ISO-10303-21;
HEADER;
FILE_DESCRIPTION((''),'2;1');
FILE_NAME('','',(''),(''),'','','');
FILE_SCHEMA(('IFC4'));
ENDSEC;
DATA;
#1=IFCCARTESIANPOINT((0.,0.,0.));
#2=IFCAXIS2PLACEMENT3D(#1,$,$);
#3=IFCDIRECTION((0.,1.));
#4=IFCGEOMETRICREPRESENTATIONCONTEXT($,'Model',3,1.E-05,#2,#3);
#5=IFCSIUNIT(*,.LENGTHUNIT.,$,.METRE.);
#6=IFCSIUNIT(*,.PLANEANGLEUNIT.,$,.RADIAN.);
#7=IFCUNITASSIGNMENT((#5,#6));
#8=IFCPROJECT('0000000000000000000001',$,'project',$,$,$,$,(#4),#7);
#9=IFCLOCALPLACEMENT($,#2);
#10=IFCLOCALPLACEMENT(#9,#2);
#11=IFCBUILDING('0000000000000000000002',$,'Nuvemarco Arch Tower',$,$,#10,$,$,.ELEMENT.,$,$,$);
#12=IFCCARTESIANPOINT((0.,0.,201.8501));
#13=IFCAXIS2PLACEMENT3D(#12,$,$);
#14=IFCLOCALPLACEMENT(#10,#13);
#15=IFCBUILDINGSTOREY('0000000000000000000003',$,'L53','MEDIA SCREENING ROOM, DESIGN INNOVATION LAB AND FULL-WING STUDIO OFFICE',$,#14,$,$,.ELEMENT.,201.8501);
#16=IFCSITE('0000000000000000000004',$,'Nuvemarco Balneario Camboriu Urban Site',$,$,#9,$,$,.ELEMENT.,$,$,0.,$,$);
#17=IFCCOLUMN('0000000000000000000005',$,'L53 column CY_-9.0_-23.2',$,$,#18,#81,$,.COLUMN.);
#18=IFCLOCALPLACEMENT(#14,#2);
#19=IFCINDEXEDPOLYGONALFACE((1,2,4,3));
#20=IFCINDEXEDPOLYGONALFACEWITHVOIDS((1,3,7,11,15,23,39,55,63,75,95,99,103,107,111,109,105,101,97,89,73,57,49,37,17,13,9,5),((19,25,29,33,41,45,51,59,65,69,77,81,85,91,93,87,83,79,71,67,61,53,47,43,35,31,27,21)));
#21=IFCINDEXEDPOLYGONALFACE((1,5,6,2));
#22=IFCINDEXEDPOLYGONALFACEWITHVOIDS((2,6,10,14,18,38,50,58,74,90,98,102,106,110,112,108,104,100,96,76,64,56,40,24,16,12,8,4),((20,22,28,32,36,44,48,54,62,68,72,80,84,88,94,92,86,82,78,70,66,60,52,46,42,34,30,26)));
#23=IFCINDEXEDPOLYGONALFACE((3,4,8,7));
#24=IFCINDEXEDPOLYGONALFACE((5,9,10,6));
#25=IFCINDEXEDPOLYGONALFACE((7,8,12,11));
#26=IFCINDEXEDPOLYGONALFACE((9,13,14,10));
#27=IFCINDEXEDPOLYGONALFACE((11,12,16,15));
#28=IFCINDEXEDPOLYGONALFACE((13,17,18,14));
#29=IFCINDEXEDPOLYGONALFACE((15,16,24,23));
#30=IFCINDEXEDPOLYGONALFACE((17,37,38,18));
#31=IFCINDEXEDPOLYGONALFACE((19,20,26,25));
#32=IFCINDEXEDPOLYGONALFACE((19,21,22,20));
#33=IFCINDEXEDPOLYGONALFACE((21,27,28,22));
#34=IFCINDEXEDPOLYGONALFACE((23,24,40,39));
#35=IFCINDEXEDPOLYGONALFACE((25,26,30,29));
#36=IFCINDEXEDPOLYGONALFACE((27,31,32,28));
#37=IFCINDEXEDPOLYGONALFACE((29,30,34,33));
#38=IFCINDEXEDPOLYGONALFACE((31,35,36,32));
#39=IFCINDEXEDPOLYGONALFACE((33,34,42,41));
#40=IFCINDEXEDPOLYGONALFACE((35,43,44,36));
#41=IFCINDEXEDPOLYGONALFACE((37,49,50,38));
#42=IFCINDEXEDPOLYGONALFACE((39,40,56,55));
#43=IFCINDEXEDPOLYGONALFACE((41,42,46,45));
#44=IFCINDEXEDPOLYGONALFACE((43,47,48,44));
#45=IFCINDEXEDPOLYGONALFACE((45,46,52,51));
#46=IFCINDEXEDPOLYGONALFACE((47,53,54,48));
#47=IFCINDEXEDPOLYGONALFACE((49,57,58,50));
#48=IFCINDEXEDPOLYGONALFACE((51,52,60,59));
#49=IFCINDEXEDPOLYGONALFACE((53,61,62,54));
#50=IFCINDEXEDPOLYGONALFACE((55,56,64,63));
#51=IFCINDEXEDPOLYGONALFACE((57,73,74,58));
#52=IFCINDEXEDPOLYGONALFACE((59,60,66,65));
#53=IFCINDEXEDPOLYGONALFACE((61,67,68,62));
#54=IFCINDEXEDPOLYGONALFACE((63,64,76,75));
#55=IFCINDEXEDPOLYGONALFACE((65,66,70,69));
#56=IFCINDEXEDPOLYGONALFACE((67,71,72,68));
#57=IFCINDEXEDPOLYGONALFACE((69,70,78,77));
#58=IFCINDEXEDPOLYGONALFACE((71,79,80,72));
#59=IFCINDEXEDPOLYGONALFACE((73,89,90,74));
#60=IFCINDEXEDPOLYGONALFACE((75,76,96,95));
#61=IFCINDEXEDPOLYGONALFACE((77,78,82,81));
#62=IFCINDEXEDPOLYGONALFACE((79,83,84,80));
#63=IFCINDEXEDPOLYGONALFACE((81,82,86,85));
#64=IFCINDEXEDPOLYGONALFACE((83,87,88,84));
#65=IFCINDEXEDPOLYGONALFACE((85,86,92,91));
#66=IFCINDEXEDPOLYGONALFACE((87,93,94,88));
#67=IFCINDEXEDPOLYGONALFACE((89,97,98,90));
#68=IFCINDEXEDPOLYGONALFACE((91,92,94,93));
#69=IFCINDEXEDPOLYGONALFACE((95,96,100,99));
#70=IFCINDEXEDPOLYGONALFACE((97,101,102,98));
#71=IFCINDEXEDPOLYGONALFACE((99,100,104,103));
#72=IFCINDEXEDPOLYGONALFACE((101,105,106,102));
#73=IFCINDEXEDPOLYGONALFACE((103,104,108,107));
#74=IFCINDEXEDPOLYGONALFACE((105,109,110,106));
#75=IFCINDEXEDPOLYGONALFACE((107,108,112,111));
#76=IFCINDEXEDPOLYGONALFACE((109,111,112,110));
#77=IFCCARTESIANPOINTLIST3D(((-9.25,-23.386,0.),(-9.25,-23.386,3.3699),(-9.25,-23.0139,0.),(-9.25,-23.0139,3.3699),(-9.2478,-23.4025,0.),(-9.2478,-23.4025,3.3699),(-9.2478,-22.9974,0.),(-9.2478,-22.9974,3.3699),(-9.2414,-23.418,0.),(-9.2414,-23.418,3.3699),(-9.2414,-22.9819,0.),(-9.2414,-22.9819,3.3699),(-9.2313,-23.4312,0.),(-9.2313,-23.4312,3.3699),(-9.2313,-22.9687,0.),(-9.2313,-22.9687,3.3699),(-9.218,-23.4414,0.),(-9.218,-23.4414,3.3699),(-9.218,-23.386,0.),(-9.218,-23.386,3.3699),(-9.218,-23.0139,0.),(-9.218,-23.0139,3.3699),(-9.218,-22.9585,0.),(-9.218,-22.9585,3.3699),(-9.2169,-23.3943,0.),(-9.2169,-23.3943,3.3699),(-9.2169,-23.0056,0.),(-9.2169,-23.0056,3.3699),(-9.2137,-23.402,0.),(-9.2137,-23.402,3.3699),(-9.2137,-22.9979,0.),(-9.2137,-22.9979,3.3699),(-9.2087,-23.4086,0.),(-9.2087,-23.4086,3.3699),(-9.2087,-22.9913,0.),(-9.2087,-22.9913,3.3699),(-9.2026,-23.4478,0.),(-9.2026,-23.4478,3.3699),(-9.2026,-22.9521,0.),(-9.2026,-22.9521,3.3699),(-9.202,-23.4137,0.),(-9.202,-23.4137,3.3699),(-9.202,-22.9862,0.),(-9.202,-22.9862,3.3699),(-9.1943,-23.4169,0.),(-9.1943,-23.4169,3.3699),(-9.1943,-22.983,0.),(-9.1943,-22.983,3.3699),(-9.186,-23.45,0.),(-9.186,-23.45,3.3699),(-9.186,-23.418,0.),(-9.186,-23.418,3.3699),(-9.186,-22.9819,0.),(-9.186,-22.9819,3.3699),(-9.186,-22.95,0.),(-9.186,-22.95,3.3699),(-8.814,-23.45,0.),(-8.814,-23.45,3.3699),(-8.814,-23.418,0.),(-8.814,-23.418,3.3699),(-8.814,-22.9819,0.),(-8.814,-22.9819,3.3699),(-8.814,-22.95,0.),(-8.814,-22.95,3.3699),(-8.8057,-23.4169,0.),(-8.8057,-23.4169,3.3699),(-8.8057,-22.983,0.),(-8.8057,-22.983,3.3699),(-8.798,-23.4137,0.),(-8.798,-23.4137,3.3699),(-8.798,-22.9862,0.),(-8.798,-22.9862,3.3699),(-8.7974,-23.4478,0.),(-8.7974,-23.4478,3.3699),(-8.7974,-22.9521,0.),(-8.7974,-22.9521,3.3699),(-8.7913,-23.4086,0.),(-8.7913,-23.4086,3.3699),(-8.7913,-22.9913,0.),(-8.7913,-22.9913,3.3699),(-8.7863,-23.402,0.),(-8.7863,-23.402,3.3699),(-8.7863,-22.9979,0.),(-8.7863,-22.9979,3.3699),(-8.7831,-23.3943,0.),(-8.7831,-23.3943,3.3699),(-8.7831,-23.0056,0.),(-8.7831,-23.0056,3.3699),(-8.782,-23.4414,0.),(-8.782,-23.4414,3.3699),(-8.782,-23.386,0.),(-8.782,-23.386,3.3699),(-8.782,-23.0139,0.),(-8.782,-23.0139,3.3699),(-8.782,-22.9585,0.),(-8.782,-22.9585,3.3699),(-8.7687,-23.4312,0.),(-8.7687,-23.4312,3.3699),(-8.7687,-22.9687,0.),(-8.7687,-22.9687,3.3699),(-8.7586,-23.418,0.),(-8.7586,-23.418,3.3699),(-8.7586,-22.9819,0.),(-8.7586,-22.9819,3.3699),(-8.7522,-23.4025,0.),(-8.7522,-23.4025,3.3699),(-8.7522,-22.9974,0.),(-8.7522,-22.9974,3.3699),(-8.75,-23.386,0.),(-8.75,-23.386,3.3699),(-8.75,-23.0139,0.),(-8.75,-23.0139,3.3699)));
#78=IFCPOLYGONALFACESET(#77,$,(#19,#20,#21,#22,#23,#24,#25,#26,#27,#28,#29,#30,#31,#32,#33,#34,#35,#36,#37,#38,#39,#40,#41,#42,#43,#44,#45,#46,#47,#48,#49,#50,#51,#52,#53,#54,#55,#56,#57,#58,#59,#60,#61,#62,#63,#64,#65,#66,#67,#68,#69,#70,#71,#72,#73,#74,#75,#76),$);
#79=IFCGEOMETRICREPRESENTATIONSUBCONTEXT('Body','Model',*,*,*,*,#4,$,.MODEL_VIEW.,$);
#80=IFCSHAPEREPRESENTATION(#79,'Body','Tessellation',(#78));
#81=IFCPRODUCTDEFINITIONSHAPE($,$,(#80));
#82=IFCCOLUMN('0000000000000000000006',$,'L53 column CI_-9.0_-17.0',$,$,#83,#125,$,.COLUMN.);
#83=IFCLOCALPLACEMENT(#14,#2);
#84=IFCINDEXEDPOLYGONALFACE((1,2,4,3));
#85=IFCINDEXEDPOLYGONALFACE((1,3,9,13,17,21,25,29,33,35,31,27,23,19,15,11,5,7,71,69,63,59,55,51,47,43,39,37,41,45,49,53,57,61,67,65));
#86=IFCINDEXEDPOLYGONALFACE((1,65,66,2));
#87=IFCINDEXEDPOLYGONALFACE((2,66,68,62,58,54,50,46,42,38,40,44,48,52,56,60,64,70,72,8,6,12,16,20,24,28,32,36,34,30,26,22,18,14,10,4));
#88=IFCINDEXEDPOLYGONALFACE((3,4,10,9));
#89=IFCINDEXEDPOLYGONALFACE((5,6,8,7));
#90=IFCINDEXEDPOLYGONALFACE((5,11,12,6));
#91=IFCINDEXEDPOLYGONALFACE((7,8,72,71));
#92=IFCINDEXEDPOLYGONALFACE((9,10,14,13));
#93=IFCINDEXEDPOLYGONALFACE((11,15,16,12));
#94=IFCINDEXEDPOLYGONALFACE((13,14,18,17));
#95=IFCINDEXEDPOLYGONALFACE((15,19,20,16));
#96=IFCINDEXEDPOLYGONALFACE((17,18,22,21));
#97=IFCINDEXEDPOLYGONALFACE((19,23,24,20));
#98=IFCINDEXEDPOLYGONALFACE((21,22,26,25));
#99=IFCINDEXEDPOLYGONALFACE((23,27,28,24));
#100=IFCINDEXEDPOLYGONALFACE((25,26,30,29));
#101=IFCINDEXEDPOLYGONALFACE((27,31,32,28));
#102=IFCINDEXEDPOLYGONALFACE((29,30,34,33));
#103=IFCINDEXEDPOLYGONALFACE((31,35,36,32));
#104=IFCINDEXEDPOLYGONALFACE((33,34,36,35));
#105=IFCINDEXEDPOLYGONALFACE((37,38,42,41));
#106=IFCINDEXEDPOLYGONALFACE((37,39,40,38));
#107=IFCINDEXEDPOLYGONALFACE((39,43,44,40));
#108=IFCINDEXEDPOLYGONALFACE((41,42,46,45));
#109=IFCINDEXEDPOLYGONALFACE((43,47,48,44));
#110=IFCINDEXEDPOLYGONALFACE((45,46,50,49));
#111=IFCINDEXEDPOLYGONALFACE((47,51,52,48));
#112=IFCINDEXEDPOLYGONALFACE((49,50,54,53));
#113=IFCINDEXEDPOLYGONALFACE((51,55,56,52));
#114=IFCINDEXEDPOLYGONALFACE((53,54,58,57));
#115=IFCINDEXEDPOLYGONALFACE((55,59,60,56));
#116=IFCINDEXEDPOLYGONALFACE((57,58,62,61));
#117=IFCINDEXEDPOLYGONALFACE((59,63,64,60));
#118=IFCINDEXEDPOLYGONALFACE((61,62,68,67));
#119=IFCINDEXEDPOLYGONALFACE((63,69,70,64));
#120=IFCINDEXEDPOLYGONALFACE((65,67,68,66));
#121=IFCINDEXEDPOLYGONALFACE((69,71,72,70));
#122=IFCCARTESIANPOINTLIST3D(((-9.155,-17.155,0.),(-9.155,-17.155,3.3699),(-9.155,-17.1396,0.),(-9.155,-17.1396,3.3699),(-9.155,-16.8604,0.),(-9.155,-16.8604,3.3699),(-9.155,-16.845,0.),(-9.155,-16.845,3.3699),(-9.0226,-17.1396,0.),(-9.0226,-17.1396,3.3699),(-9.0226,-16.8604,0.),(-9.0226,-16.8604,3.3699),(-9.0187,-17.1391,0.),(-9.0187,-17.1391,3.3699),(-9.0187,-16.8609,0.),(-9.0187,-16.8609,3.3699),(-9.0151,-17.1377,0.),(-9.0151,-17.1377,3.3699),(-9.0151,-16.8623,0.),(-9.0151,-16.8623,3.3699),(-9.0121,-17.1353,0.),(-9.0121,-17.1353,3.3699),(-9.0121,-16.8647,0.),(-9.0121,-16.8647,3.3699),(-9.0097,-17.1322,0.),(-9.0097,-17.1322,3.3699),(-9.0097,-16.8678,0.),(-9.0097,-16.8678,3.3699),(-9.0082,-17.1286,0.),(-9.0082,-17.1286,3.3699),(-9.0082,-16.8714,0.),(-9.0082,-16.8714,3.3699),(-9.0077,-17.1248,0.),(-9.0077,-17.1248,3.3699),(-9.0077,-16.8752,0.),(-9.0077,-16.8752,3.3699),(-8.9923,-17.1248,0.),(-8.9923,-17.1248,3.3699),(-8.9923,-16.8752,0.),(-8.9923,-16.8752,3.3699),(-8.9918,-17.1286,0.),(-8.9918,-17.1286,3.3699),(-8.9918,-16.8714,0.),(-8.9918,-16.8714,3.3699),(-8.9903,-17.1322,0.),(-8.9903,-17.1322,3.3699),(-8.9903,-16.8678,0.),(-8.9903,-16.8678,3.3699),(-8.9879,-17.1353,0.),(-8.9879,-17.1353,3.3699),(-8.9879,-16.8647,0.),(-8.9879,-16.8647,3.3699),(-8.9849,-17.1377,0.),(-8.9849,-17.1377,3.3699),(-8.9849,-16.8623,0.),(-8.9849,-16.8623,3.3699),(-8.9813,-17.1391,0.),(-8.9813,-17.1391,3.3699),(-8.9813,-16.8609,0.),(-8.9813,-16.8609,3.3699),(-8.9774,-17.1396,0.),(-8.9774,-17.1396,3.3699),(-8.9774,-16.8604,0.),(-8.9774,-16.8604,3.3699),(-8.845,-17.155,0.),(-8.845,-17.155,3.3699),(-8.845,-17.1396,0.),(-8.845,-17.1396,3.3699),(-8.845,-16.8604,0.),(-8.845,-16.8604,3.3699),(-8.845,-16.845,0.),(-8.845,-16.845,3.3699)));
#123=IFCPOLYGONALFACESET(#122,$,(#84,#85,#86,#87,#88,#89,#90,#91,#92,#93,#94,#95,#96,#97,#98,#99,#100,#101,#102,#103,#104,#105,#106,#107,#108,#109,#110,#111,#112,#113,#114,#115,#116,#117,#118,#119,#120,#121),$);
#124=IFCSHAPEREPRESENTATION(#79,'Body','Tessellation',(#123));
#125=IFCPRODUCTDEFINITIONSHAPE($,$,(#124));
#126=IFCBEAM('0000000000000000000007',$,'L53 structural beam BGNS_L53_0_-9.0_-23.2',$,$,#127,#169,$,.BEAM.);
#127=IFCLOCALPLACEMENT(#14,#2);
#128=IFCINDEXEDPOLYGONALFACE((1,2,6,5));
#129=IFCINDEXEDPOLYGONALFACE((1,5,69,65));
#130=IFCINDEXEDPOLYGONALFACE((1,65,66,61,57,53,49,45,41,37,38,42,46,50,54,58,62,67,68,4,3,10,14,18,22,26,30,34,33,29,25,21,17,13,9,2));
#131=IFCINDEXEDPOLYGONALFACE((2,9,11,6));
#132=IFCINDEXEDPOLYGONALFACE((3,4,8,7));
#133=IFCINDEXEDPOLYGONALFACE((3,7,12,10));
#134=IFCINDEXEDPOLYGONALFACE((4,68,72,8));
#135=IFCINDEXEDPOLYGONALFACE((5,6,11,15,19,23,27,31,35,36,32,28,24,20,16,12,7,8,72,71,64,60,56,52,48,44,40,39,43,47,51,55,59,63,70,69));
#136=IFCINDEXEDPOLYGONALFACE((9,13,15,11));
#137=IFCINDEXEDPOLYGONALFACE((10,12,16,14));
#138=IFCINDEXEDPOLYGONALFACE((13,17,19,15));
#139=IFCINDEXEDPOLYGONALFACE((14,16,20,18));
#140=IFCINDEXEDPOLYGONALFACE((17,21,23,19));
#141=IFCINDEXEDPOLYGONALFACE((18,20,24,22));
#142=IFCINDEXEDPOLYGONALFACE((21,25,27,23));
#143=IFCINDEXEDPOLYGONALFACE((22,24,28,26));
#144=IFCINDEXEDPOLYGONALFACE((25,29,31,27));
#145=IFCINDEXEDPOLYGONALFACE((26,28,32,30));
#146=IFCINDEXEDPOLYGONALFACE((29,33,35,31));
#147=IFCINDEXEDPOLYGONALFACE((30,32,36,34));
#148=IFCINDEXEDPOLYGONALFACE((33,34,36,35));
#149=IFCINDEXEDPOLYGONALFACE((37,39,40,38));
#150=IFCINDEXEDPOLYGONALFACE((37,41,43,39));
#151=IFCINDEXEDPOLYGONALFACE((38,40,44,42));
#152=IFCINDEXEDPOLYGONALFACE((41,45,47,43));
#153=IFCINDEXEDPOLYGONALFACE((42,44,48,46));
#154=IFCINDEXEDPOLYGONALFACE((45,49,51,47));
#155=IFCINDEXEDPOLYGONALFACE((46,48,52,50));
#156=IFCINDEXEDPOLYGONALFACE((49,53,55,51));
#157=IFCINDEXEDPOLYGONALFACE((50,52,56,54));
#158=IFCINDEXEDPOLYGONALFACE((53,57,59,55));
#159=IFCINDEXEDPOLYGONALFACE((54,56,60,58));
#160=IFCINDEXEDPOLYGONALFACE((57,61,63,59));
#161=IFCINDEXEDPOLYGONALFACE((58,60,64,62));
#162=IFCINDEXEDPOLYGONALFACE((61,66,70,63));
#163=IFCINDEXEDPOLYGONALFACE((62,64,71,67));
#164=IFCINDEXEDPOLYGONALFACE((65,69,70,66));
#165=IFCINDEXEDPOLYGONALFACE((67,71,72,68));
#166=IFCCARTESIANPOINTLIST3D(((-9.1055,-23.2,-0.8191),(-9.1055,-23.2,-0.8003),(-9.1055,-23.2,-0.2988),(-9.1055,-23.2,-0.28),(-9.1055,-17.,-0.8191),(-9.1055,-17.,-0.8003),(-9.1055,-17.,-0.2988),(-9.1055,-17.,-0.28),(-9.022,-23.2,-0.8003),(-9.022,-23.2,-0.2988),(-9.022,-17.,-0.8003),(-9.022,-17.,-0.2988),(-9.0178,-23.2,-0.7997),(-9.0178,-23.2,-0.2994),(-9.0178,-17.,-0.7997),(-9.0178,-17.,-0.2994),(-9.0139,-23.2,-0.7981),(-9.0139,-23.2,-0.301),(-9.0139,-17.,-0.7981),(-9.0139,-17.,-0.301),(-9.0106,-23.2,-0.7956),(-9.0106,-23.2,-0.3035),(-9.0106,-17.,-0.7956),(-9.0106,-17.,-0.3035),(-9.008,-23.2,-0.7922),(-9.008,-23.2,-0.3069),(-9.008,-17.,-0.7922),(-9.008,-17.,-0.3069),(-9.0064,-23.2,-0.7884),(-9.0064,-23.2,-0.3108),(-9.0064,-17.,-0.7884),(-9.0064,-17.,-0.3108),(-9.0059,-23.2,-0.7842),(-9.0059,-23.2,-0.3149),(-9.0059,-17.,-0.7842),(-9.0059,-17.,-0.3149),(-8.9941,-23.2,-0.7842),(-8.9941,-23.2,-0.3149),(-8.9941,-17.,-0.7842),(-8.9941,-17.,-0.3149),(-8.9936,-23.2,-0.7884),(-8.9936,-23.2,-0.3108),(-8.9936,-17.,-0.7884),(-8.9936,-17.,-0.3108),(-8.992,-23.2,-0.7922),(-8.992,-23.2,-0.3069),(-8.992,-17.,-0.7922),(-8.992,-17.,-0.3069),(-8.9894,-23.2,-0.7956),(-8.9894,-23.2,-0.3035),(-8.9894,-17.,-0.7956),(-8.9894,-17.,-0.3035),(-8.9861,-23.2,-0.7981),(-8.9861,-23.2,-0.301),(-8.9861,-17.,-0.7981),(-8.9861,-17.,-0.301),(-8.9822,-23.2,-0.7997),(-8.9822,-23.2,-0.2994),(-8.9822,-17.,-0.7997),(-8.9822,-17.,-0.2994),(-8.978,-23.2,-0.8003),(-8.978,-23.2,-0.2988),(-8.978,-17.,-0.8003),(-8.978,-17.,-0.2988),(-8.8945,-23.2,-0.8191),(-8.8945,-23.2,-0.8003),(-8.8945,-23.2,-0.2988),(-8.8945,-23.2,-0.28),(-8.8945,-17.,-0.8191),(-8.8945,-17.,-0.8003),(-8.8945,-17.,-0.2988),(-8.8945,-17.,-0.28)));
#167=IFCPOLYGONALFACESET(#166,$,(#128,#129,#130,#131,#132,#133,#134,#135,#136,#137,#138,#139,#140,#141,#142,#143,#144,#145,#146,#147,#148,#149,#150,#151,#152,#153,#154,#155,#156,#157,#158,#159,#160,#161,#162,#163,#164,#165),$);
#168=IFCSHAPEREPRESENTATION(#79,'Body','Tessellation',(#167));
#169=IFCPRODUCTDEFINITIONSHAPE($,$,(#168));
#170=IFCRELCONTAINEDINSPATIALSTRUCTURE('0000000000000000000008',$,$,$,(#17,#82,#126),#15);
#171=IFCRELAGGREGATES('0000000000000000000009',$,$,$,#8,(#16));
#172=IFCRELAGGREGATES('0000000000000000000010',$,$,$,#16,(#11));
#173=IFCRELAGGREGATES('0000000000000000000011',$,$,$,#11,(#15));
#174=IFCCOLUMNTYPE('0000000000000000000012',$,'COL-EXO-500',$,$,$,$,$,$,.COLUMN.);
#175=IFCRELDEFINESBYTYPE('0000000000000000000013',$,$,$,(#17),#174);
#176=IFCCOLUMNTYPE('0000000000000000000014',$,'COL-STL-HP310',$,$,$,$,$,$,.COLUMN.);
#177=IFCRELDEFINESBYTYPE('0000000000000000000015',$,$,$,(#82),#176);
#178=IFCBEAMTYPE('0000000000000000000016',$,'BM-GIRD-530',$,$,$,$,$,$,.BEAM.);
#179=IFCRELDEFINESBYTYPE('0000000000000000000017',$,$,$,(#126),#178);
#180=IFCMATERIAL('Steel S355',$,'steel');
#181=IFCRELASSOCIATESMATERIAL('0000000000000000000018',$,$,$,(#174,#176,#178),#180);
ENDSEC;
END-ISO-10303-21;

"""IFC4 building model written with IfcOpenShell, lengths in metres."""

from ifc_helpers import new_model, si_unit, direction, frame, origin, origin_2d, place, context, subcontext, project, spatial, hollow_rectangle, i_section, extrude, material, material_profile, profile_set, type_object, element, save


model = new_model("IFC4")

# Units and contexts
model_context = context("Model", 3, precision=1e-05, world=origin(), true_north=direction((0.0, 1.0)))
body_context = subcontext(model_context, "Body", "Model", "MODEL_VIEW")
ifc_project = project(units=[si_unit("LENGTHUNIT", "METRE"), si_unit("PLANEANGLEUNIT", "RADIAN")], contexts=[model_context])

# Site, building, storey
site_placement = place(None, origin())
site = spatial("IfcSite", under=ifc_project, at=site_placement, Name="Nuvemarco Balneario Camboriu Urban Site", CompositionType="ELEMENT", RefElevation=0.0)
building_placement = place(site_placement, origin())
building = spatial("IfcBuilding", under=site, at=building_placement, Name="Nuvemarco Arch Tower", CompositionType="ELEMENT")
storey_placement = place(building_placement, frame((0.0, 0.0, 201.8501)))
storey = spatial("IfcBuildingStorey", under=building, at=storey_placement, Name="L53", Description="MEDIA SCREENING ROOM, DESIGN INNOVATION LAB AND FULL-WING STUDIO OFFICE", CompositionType="ELEMENT", Elevation=201.8501)

# Columns
ifc_material_1 = material(Name="Steel S355", Category="steel")
ifc_material_profile_1 = material_profile(ifc_material_1, hollow_rectangle(XDim=0.5, YDim=0.5, WallThickness=0.032, InnerFilletRadius=0.032, OuterFilletRadius=0.064, at=origin_2d()), Name="SHS500x500x32")
ifc_profile_set_1 = profile_set([ifc_material_profile_1], Name="Steel S355")
column_type_1 = type_object("IfcColumnType", Name="COL-EXO-500", PredefinedType="COLUMN", material=ifc_profile_set_1)
column_1_placement = place(storey_placement, frame((-9.0, -23.2, 0.0), z_axis=(0.0, 0.0, 1.0), x_axis=(1.0, 0.0, 0.0)))
element("IfcColumn", 1, at=column_1_placement, inside=storey, type_object=column_type_1, Name="L53 column CY_-9.0_-23.2", PredefinedType="COLUMN", context=body_context, shape_type="SweptSolid", body=[
    extrude(hollow_rectangle(XDim=0.5, YDim=0.5, WallThickness=0.032, InnerFilletRadius=0.032, OuterFilletRadius=0.064, at=origin_2d()), origin(), (0.0, 0.0, 1.0), 3.3699),
])
ifc_material_profile_2 = material_profile(ifc_material_1, i_section(OverallWidth=0.3101, OverallDepth=0.3101, WebThickness=0.0154, FlangeThickness=0.0154, FilletRadius=0.0149, at=origin_2d()), Name="HP310x110")
ifc_profile_set_2 = profile_set([ifc_material_profile_2], Name="Steel S355")
column_type_2 = type_object("IfcColumnType", Name="COL-STL-HP310", PredefinedType="COLUMN", material=ifc_profile_set_2)
column_2_placement = place(storey_placement, frame((-9.0, -17.0, 0.0), z_axis=(0.0, 0.0, 1.0), x_axis=(1.0, 0.0, 0.0)))
element("IfcColumn", 2, at=column_2_placement, inside=storey, type_object=column_type_2, Name="L53 column CI_-9.0_-17.0", PredefinedType="COLUMN", context=body_context, shape_type="SweptSolid", body=[
    extrude(i_section(OverallWidth=0.3101, OverallDepth=0.3101, WebThickness=0.0154, FlangeThickness=0.0154, FilletRadius=0.0149, at=origin_2d()), origin(), (0.0, 0.0, 1.0), 3.3699),
])

# Beam
ifc_material_profile_3 = material_profile(ifc_material_1, i_section(OverallWidth=0.2109, OverallDepth=0.5391, WebThickness=0.0117, FlangeThickness=0.0188, FilletRadius=0.0161, at=origin_2d()), Name="W530x109")
ifc_profile_set_3 = profile_set([ifc_material_profile_3], Name="Steel S355")
beam_type_1 = type_object("IfcBeamType", Name="BM-GIRD-530", PredefinedType="BEAM", material=ifc_profile_set_3)
beam_1_placement = place(storey_placement, frame((-9.0, -23.2, -0.5496), z_axis=(0.0, 1.0, 0.0), x_axis=(-1.0, 0.0, 0.0)))
element("IfcBeam", 3, at=beam_1_placement, inside=storey, type_object=beam_type_1, Name="L53 structural beam BGNS_L53_0_-9.0_-23.2", PredefinedType="BEAM", context=body_context, shape_type="SweptSolid", body=[
    extrude(i_section(OverallWidth=0.2109, OverallDepth=0.5391, WebThickness=0.0117, FlangeThickness=0.0188, FilletRadius=0.0161, at=origin_2d()), origin(), (0.0, 0.0, 1.0), 6.2),
])

save(model, "model.ifc")
